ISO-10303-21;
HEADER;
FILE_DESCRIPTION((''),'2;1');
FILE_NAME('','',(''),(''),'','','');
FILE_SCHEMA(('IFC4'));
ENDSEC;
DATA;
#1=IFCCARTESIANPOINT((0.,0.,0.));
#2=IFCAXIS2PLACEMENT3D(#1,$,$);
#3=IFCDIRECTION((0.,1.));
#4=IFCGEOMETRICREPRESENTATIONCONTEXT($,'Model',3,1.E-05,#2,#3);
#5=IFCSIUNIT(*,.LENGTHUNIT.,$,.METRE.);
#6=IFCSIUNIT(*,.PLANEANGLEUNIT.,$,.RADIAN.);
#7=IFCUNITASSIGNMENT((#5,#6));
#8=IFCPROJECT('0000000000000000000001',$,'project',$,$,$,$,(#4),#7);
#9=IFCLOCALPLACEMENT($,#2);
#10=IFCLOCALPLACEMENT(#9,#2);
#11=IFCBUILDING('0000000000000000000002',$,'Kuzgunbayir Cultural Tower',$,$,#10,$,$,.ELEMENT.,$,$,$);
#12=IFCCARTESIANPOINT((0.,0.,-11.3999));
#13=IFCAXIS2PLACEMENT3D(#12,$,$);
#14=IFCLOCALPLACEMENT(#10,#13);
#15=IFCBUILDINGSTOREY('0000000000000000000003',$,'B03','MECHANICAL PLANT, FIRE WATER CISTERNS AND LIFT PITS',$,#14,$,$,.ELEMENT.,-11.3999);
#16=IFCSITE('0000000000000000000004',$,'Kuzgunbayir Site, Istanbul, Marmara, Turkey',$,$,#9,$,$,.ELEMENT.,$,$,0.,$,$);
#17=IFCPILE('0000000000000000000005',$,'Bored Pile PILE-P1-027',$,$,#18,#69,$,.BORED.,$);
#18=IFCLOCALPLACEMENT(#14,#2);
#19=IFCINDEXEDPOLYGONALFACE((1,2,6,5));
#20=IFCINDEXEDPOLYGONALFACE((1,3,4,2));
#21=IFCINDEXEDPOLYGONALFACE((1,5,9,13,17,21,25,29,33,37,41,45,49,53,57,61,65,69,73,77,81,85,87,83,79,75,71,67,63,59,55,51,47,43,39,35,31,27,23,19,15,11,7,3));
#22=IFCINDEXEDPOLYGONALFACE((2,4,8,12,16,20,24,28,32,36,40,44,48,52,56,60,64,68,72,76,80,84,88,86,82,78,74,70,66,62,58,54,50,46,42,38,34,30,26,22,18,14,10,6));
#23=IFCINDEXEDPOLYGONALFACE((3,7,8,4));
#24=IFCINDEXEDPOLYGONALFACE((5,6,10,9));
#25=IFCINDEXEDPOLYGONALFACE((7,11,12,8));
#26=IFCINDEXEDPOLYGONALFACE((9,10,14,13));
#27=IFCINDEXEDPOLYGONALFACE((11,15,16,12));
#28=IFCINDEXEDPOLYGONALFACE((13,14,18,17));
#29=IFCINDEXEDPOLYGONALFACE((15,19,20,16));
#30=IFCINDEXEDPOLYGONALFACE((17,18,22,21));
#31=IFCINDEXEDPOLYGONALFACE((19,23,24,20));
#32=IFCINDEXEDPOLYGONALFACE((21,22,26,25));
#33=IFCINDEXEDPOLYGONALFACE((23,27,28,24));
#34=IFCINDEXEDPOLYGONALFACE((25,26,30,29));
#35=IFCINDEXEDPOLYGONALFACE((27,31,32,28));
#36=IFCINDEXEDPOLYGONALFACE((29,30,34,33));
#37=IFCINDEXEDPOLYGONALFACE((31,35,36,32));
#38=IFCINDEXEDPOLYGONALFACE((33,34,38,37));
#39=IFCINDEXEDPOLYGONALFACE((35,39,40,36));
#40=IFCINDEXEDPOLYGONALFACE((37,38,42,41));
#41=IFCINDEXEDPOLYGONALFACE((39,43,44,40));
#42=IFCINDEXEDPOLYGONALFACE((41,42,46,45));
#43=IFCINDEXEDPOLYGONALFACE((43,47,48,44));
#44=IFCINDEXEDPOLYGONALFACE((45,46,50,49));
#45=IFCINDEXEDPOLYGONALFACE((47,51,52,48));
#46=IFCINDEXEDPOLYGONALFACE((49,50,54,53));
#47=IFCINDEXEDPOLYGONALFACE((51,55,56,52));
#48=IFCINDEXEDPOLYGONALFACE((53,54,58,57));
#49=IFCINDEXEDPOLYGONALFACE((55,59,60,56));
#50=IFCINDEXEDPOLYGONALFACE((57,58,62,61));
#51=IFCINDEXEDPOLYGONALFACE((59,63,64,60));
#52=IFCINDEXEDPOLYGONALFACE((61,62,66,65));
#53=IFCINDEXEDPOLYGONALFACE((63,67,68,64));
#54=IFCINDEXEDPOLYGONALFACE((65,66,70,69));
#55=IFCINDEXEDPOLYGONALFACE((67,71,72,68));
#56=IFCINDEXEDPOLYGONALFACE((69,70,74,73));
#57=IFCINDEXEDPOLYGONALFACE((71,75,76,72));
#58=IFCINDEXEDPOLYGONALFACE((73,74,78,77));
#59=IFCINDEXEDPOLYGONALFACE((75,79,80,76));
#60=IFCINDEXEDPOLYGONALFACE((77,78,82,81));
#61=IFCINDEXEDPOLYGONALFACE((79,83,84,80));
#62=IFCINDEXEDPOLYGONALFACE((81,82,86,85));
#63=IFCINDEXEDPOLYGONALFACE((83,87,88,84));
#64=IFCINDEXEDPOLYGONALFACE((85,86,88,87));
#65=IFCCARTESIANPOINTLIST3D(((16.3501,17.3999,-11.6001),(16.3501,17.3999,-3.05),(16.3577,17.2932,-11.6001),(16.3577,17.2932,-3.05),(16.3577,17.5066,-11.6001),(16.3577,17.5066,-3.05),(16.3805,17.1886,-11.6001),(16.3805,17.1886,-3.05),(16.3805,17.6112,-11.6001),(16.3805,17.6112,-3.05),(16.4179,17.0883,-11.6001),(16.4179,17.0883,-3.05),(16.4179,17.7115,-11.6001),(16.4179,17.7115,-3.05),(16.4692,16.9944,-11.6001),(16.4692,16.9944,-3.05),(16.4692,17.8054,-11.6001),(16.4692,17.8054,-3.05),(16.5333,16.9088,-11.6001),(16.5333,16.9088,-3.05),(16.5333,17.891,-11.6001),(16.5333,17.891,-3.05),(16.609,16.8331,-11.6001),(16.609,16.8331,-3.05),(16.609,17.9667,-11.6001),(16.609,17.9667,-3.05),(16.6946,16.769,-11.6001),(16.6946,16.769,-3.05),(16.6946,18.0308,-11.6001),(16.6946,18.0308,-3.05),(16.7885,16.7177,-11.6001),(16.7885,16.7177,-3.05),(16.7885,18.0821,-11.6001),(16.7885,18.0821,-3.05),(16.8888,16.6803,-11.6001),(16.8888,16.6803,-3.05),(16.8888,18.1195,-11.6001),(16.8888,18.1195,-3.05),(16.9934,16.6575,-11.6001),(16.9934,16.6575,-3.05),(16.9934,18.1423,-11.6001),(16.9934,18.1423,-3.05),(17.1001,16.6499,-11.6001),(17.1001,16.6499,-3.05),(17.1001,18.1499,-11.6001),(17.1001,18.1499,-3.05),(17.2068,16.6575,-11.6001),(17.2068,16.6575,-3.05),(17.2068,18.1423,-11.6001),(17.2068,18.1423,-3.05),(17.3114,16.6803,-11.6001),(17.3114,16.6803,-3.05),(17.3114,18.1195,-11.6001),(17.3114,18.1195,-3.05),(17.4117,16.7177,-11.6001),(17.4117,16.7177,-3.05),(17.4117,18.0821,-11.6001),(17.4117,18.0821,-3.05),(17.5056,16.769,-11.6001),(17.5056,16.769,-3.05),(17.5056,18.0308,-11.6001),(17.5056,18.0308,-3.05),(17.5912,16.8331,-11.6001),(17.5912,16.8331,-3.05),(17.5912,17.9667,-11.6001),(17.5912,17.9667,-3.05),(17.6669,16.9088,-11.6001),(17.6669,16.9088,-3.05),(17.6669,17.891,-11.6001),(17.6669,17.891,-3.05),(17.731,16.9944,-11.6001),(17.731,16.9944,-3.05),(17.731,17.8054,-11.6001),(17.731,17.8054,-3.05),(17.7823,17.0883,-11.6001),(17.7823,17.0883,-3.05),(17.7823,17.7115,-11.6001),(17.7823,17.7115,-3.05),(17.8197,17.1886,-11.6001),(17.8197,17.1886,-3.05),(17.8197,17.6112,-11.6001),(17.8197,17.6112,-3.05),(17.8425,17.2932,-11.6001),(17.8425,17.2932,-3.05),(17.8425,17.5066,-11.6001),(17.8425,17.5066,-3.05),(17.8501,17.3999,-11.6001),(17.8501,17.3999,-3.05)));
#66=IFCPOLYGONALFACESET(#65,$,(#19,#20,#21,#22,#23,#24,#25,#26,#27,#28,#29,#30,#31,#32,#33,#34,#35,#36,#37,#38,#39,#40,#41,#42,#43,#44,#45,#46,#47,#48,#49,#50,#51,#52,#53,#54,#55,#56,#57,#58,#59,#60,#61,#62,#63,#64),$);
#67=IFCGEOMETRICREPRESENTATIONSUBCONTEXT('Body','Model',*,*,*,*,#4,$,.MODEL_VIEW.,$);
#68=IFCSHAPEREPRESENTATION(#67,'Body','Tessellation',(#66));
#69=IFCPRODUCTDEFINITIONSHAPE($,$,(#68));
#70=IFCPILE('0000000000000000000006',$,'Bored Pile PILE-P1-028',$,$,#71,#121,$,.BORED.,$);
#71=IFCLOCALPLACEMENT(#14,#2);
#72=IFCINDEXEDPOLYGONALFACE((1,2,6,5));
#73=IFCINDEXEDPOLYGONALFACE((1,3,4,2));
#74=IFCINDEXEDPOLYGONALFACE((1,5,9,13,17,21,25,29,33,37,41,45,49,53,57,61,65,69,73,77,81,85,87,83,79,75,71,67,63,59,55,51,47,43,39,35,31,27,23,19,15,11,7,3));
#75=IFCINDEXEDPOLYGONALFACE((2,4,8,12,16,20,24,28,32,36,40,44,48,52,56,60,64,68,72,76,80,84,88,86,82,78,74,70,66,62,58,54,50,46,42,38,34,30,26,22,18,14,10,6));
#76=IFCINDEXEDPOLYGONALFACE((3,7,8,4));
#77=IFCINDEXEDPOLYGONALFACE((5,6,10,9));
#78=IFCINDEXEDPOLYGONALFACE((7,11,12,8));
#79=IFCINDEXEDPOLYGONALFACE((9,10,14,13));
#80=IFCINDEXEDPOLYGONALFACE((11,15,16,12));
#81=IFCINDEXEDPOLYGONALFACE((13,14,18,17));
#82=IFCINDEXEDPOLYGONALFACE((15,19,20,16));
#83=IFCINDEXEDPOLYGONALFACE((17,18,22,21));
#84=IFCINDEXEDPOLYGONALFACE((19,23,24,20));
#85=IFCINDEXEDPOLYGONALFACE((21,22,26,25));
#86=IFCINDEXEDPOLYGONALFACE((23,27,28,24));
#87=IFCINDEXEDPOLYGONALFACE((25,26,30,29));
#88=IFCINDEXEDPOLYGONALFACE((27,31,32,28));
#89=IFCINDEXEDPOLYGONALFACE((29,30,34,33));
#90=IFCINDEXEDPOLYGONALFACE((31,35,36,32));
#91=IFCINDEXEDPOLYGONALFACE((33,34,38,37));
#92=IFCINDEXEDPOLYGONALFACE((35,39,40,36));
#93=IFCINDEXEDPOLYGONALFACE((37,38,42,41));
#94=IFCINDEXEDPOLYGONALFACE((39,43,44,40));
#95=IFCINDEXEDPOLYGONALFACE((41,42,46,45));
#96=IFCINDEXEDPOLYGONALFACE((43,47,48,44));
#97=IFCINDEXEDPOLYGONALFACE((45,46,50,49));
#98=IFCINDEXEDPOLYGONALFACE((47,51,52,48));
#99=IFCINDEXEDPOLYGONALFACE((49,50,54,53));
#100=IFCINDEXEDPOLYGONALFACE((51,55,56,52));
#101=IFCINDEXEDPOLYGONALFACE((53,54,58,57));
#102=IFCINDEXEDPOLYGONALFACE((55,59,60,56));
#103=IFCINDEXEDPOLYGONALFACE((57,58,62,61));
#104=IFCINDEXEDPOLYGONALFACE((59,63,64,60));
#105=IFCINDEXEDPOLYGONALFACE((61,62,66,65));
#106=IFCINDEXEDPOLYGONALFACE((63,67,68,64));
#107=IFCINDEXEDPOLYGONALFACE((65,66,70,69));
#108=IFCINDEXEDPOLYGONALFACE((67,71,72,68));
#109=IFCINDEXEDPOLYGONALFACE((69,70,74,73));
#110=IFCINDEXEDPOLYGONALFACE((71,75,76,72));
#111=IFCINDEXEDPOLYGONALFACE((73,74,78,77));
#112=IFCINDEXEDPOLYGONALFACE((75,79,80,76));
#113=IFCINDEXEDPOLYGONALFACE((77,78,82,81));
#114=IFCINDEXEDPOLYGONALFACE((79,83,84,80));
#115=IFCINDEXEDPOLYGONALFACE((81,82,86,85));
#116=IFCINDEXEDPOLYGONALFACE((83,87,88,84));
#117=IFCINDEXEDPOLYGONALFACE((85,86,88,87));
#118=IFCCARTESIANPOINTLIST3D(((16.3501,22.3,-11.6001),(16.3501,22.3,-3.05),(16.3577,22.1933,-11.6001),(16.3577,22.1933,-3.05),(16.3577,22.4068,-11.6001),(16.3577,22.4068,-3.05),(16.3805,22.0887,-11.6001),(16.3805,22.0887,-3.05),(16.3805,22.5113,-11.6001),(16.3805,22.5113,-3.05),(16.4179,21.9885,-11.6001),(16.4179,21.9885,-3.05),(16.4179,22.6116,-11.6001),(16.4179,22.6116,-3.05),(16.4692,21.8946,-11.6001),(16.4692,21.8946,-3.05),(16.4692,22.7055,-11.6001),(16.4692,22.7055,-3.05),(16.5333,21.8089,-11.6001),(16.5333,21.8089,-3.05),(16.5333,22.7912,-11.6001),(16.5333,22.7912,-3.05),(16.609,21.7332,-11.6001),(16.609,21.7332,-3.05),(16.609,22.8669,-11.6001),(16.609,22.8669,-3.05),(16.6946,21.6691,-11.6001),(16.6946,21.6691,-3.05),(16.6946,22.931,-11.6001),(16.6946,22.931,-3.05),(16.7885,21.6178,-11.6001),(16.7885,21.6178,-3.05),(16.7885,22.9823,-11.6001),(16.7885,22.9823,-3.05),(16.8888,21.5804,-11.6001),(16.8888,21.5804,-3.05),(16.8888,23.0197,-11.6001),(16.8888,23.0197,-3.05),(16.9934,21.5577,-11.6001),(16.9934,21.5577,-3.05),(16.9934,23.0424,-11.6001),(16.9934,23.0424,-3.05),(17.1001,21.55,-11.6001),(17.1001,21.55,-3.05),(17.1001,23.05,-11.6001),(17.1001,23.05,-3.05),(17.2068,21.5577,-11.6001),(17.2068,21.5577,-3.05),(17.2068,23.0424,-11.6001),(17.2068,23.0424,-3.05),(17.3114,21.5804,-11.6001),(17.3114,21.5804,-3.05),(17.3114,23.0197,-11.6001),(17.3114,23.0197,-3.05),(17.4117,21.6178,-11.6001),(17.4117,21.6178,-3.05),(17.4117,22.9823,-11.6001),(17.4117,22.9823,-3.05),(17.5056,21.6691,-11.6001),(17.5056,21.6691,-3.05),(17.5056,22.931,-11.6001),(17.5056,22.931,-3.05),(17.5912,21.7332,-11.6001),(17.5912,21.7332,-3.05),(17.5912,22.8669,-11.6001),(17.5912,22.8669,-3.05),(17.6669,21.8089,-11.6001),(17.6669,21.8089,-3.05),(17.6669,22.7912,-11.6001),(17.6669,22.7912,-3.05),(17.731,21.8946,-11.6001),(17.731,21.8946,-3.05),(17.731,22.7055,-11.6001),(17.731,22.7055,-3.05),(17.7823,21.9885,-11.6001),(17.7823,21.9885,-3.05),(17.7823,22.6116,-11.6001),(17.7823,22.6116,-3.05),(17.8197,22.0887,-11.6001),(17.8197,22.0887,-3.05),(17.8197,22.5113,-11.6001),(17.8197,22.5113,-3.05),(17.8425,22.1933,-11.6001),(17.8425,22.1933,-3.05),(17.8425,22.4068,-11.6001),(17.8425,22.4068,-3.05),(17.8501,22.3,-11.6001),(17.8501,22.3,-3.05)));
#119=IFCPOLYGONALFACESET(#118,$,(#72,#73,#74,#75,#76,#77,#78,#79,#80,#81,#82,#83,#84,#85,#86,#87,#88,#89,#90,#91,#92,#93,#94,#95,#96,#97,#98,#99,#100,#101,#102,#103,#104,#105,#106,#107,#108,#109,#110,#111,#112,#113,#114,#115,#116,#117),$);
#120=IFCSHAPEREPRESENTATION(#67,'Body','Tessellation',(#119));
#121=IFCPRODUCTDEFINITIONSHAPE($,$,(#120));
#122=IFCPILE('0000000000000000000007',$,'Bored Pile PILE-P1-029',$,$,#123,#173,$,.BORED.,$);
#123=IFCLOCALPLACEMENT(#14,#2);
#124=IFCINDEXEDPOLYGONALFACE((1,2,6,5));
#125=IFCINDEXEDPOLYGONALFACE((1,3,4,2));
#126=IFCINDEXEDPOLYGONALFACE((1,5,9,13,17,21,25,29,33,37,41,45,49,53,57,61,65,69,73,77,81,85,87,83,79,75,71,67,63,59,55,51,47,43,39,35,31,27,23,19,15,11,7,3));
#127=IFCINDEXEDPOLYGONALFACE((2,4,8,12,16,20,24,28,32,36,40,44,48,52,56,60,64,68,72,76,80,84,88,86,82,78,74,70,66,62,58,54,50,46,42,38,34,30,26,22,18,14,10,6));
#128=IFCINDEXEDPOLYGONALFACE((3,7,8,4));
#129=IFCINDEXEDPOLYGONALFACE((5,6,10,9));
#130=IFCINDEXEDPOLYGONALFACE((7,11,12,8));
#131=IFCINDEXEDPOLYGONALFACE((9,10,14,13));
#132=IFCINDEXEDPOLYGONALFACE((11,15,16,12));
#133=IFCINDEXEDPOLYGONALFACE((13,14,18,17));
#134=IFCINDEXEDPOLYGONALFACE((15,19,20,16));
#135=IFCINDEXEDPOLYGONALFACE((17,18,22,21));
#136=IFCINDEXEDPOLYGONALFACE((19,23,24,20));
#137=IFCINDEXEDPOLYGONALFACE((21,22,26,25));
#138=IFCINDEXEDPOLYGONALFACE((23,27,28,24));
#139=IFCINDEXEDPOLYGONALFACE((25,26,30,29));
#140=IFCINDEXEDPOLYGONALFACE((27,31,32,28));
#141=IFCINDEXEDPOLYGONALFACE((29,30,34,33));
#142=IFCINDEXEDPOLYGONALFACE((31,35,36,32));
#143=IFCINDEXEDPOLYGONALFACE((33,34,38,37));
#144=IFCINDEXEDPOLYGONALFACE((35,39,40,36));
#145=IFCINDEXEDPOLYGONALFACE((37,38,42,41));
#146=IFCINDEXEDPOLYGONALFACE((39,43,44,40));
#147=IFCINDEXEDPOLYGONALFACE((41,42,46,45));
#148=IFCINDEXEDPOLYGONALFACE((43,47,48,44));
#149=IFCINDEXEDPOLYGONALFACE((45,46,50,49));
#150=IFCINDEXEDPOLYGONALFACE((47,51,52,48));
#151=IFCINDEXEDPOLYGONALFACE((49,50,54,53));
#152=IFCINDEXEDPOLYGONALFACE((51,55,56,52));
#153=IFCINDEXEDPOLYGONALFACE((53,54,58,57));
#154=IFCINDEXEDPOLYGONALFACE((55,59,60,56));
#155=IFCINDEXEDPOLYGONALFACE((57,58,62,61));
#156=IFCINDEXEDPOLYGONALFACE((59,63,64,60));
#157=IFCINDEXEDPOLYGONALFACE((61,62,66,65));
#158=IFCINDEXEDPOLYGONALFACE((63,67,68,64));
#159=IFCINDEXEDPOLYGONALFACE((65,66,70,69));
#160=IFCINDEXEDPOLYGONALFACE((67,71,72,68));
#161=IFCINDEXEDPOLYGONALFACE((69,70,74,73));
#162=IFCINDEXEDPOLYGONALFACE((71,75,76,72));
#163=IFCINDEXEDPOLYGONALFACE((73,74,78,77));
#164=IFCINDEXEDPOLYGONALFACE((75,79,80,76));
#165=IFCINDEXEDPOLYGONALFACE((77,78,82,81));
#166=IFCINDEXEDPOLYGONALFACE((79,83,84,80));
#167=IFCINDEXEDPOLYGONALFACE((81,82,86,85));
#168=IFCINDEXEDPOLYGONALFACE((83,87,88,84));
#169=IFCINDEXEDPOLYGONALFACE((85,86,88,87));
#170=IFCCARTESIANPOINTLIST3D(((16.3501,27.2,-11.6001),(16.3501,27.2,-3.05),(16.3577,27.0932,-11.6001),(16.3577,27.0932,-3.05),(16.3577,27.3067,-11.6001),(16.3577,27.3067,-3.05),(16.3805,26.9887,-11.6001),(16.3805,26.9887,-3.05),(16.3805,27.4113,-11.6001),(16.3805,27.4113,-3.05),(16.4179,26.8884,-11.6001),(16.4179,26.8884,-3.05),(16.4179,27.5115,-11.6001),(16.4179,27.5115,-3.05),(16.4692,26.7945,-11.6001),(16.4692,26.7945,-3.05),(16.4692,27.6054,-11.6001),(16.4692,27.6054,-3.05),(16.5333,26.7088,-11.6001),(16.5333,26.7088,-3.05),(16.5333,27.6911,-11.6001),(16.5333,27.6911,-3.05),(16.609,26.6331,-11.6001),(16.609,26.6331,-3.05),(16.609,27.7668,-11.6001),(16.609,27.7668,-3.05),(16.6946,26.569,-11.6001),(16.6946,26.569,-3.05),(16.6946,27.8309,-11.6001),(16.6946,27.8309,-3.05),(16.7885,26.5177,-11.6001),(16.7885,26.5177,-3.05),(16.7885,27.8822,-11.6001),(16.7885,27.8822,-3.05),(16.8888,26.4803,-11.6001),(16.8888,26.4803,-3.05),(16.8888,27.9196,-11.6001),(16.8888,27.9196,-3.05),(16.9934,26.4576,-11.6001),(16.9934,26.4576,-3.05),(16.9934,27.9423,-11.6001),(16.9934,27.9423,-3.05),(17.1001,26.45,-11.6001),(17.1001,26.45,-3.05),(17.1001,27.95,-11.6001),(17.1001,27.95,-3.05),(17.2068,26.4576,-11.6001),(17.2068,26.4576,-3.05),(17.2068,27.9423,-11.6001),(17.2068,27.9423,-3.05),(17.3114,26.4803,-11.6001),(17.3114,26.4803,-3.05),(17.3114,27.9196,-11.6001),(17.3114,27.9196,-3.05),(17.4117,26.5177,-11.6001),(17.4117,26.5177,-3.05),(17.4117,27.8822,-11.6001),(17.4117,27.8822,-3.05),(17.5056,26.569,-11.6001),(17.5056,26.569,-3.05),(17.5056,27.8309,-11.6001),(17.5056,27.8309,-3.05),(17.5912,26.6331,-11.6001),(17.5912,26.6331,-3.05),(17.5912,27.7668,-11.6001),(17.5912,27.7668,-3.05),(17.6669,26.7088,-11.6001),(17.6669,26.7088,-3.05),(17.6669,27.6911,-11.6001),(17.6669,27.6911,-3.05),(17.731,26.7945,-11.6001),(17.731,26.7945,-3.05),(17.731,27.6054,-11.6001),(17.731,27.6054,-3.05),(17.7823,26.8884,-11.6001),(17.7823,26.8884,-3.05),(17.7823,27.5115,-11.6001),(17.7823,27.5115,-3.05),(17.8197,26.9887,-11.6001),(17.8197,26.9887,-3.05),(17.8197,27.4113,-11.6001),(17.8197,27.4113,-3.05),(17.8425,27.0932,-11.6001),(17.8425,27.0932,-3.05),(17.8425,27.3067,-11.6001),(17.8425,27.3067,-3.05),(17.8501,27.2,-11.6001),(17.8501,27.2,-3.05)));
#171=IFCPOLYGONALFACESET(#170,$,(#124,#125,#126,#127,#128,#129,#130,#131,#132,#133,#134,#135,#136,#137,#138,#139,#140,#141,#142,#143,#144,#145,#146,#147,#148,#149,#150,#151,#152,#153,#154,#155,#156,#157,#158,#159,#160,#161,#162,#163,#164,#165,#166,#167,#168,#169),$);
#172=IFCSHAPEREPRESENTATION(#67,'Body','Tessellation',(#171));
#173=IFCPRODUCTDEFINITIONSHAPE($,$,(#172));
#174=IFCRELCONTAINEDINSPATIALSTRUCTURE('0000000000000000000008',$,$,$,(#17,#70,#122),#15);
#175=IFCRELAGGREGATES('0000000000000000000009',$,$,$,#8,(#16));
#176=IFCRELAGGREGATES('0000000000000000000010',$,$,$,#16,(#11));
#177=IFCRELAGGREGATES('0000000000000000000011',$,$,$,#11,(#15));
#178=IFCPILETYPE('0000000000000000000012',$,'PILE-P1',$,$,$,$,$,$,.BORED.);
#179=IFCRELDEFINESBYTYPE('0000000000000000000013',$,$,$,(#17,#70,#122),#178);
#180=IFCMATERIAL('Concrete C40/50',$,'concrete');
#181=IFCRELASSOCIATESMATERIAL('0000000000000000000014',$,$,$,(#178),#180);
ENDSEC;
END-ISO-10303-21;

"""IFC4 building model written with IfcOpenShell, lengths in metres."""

from ifc_helpers import new_model, si_unit, direction, frame, origin, origin_2d, place, context, subcontext, project, spatial, circle, extrude, material, material_profile, profile_set, type_object, element, save


model = new_model("IFC4")

# Units and contexts
model_context = context("Model", 3, precision=1e-05, world=origin(), true_north=direction((0.0, 1.0)))
body_context = subcontext(model_context, "Body", "Model", "MODEL_VIEW")
ifc_project = project(units=[si_unit("LENGTHUNIT", "METRE"), si_unit("PLANEANGLEUNIT", "RADIAN")], contexts=[model_context])

# Site, building, storey
site_placement = place(None, origin())
site = spatial("IfcSite", under=ifc_project, at=site_placement, Name="Kuzgunbayir Site, Istanbul, Marmara, Turkey", CompositionType="ELEMENT", RefElevation=0.0)
building_placement = place(site_placement, origin())
building = spatial("IfcBuilding", under=site, at=building_placement, Name="Kuzgunbayir Cultural Tower", CompositionType="ELEMENT")
storey_placement = place(building_placement, frame((0.0, 0.0, -11.3999)))
storey = spatial("IfcBuildingStorey", under=building, at=storey_placement, Name="B03", Description="MECHANICAL PLANT, FIRE WATER CISTERNS AND LIFT PITS", CompositionType="ELEMENT", Elevation=-11.3999)

# Piles
ifc_material_1 = material(Name="Concrete C40/50", Category="concrete")
ifc_material_profile_1 = material_profile(ifc_material_1, circle(Radius=0.75, at=origin_2d()), Name="BORED PILE 1500")
ifc_profile_set_1 = profile_set([ifc_material_profile_1], Name="Concrete C40/50")
pile_type_1 = type_object("IfcPileType", Name="PILE-P1", PredefinedType="BORED", material=ifc_profile_set_1)
for number, where, z_axis, x_axis, name in (
    (1, (17.1001, 17.3999, -3.05), (0.0, 0.0, -1.0), (1.0, 0.0, 0.0), "Bored Pile PILE-P1-027"),
    (2, (17.1001, 22.3, -3.05), (0.0, 0.0, -1.0), (1.0, 0.0, 0.0), "Bored Pile PILE-P1-028"),
    (3, (17.1001, 27.2, -3.05), (0.0, 0.0, -1.0), (1.0, 0.0, 0.0), "Bored Pile PILE-P1-029"),
):
    element("IfcPile", number, at=place(storey_placement, frame(where, z_axis=z_axis, x_axis=x_axis)), inside=storey, type_object=pile_type_1, Name=name, PredefinedType="BORED", context=body_context, shape_type="SweptSolid", body=[
        extrude(circle(Radius=0.75, at=origin_2d()), origin(), (0.0, 0.0, 1.0), 8.55),
    ])

save(model, "model.ifc")
